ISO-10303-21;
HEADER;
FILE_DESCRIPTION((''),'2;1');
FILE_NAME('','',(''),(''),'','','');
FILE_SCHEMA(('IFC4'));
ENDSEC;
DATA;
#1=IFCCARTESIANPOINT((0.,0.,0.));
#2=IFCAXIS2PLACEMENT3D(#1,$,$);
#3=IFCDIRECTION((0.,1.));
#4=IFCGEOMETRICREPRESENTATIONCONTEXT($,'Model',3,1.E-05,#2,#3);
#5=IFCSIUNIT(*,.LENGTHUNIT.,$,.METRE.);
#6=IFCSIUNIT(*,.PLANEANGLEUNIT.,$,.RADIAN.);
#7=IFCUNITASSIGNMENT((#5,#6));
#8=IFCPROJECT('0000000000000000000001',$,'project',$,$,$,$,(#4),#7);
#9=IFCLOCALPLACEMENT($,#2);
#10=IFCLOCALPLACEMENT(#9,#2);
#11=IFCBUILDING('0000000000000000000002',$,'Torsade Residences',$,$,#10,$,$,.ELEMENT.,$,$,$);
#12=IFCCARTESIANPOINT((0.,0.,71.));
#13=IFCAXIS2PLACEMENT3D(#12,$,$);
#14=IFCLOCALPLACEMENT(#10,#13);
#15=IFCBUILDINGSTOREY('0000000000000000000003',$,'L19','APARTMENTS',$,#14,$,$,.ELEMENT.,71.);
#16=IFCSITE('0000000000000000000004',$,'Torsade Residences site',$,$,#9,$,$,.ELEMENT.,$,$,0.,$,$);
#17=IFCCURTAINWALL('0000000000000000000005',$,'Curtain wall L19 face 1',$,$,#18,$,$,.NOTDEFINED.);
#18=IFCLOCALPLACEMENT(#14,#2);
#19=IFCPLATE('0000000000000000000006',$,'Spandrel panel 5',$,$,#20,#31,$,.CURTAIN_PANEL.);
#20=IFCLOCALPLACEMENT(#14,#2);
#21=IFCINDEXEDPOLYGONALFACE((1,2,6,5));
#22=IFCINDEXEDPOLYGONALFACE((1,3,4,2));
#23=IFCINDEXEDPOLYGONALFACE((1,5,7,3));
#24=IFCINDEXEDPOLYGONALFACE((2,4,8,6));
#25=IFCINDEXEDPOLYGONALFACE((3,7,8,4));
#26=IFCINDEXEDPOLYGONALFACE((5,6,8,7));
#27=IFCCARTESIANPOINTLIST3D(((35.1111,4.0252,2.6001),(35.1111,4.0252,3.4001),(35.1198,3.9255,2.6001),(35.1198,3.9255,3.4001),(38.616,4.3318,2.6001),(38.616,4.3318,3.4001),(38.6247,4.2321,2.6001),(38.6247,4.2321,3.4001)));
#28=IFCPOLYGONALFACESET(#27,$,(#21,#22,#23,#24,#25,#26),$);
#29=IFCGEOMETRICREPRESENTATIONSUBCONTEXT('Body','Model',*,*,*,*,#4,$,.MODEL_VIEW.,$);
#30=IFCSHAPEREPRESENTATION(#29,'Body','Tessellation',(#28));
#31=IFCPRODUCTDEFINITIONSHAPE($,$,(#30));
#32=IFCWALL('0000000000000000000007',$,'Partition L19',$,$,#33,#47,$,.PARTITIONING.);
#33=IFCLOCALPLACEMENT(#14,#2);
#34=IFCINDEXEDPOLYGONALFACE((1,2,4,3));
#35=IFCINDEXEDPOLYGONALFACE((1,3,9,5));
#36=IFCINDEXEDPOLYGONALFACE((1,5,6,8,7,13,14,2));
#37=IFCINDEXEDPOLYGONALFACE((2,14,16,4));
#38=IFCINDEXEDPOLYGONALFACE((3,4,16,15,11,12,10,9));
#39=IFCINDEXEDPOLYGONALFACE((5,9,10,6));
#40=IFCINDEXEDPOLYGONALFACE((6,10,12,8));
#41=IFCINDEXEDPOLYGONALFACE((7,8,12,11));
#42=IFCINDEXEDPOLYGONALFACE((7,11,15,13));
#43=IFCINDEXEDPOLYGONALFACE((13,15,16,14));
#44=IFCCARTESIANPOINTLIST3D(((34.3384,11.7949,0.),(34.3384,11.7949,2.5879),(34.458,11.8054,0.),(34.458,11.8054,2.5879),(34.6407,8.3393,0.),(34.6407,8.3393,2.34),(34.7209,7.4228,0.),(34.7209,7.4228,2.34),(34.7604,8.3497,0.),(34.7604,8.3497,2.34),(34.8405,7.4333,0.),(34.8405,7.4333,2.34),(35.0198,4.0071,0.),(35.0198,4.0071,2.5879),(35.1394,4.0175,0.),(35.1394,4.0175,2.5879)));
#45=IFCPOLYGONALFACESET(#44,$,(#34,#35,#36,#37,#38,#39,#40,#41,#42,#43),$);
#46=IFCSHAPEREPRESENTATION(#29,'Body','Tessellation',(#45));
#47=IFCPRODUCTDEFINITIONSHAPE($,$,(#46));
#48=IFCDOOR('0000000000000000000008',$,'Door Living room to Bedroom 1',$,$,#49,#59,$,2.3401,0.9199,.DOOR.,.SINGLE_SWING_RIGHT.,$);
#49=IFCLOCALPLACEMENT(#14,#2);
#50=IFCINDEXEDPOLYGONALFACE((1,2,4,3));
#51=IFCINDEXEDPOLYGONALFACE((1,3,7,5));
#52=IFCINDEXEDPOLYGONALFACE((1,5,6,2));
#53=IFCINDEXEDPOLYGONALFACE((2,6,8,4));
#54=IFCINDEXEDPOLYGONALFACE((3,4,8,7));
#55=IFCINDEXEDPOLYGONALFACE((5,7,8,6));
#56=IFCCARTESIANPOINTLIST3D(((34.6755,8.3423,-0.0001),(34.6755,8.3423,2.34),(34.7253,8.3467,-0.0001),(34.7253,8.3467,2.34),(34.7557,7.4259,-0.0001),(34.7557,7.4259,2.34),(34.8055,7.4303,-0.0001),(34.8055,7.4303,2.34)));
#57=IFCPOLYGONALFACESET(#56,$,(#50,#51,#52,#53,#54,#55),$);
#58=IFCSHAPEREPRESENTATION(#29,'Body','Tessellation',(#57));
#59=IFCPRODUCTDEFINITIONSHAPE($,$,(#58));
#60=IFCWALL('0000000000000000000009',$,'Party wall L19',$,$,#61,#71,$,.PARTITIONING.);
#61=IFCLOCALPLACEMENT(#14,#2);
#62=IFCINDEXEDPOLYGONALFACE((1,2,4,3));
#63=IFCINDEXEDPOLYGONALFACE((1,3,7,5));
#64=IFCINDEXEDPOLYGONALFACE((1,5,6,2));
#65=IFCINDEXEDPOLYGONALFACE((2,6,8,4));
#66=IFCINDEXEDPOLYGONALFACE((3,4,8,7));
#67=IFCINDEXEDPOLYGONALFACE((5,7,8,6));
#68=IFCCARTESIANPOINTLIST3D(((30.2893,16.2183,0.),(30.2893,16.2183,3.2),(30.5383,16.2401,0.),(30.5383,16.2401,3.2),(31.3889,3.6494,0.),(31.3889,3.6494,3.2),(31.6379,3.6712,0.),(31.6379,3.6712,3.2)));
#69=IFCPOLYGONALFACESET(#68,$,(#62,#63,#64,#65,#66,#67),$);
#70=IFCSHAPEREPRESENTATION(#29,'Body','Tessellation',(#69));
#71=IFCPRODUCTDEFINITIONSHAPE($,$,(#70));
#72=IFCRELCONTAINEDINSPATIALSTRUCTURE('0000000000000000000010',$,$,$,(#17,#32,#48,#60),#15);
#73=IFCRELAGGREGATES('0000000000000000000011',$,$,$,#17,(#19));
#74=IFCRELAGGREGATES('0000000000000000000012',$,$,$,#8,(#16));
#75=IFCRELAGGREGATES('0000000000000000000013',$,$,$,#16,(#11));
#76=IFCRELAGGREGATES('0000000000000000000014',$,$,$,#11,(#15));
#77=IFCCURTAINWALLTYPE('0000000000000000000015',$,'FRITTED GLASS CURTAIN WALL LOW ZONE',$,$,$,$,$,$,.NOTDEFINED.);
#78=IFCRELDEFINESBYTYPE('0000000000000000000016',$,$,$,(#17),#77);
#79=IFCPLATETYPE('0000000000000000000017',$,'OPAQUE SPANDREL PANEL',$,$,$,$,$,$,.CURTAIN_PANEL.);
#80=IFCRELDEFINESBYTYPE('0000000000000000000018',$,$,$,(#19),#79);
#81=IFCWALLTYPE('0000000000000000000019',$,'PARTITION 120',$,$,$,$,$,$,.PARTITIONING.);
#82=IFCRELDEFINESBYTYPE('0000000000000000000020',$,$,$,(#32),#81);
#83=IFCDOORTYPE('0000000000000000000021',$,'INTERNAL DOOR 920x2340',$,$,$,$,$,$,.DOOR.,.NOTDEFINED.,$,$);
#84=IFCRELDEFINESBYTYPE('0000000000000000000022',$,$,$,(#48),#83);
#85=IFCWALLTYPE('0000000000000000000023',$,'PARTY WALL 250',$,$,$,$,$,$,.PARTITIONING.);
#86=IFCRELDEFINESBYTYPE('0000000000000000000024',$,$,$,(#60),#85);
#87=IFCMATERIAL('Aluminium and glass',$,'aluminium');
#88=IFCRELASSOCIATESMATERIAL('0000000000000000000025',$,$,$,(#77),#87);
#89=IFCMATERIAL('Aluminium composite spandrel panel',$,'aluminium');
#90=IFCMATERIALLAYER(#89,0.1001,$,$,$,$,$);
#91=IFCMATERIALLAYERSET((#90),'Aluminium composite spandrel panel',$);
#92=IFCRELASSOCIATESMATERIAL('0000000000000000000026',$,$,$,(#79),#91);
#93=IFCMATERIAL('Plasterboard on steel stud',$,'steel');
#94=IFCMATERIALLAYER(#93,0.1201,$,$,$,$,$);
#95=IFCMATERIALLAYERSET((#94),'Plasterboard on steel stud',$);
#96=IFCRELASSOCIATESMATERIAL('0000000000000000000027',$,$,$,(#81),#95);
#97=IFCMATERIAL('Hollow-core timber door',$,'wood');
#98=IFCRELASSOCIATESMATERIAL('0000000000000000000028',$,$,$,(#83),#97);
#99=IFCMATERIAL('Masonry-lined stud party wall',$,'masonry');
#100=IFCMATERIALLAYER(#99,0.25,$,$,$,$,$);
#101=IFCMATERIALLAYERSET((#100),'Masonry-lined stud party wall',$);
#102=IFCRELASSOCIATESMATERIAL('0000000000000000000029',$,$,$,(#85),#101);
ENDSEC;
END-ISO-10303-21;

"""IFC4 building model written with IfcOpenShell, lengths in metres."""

from ifc_helpers import new_model, si_unit, direction, frame, frame_2d, origin, origin_2d, place, context, subcontext, project, spatial, rectangle, extrude, material, layer, layer_set, type_object, element, fill, aggregate, save


model = new_model("IFC4")

# Units and contexts
model_context = context("Model", 3, precision=1e-05, world=origin(), true_north=direction((0.0, 1.0)))
body_context = subcontext(model_context, "Body", "Model", "MODEL_VIEW")
ifc_project = project(units=[si_unit("LENGTHUNIT", "METRE"), si_unit("PLANEANGLEUNIT", "RADIAN")], contexts=[model_context])

# Site, building, storey
site_placement = place(None, origin())
site = spatial("IfcSite", under=ifc_project, at=site_placement, Name="Torsade Residences site", CompositionType="ELEMENT", RefElevation=0.0)
building_placement = place(site_placement, origin())
building = spatial("IfcBuilding", under=site, at=building_placement, Name="Torsade Residences", CompositionType="ELEMENT")
storey_placement = place(building_placement, frame((0.0, 0.0, 71.0)))
storey = spatial("IfcBuildingStorey", under=building, at=storey_placement, Name="L19", Description="APARTMENTS", CompositionType="ELEMENT", Elevation=71.0)

# Curtain wall
ifc_material_1 = material(Name="Aluminium and glass", Category="aluminium")
curtain_wall_type = type_object("IfcCurtainWallType", Name="FRITTED GLASS CURTAIN WALL LOW ZONE", PredefinedType="NOTDEFINED", material=ifc_material_1)
curtain_wall_placement = place(storey_placement, origin())
curtain_wall = element("IfcCurtainWall", 1, at=curtain_wall_placement, inside=storey, type_object=curtain_wall_type, Name="Curtain wall L19 face 1", PredefinedType="NOTDEFINED")

# Plate
ifc_material_2 = material(Name="Aluminium composite spandrel panel", Category="aluminium")
ifc_layer_1 = layer(ifc_material_2, 0.1001)
ifc_layer_set_1 = layer_set([ifc_layer_1], Name="Aluminium composite spandrel panel")
plate_type_1 = type_object("IfcPlateType", Name="OPAQUE SPANDREL PANEL", PredefinedType="CURTAIN_PANEL", material=ifc_layer_set_1)
plate_1_placement = place(storey_placement, frame((36.8679, 4.1287, 2.6001), z_axis=(0.0, 0.0, 1.0), x_axis=(0.996195, 0.087156, 0.0)))
plate_1 = element("IfcPlate", 2, at=plate_1_placement, type_object=plate_type_1, Name="Spandrel panel 5", PredefinedType="CURTAIN_PANEL", context=body_context, shape_type="SweptSolid", body=[
    extrude(rectangle(XDim=3.5183, YDim=0.1001, at=origin_2d()), origin(), (0.0, 0.0, 1.0), 0.8),
])
aggregate(curtain_wall, [plate_1])

# Wall, opening, door
ifc_material_3 = material(Name="Plasterboard on steel stud", Category="steel")
ifc_layer_2 = layer(ifc_material_3, 0.1201)
ifc_layer_set_2 = layer_set([ifc_layer_2], Name="Plasterboard on steel stud")
wall_type_1 = type_object("IfcWallType", Name="PARTITION 120", PredefinedType="PARTITIONING", material=ifc_layer_set_2)
wall_1_placement = place(storey_placement, frame((34.3982, 11.8, 0.0), z_axis=(0.0, 0.0, 1.0), x_axis=(0.087162, -0.996194, 0.0)))
wall_1 = element("IfcWall", 3, at=wall_1_placement, inside=storey, type_object=wall_type_1, Name="Partition L19", PredefinedType="PARTITIONING", context=body_context, shape_type="SweptSolid", body=[
    extrude(rectangle(XDim=7.8176, YDim=0.1201, at=frame_2d((3.9087, 0.0))), origin(), (0.0, 0.0, 1.0), 2.5879),
])
opening_placement = place(wall_1_placement, frame((3.4688, 0.0, 0.0)))
opening = element("IfcOpeningElement", 4, at=opening_placement, cuts=wall_1, PredefinedType="OPENING", context=body_context, shape_type="SweptSolid", body=[
    extrude(rectangle(XDim=0.9199, YDim=2.3401, at=frame_2d((0.46, 1.1699))), frame((0.0, 0.0701, 0.0), z_axis=(0.0, -1.0, 0.0), x_axis=(1.0, 0.0, 0.0)), (0.0, 0.0, 1.0), 0.1401),
])
ifc_material_4 = material(Name="Hollow-core timber door", Category="wood")
door_type = type_object("IfcDoorType", Name="INTERNAL DOOR 920x2340", OperationType="NOTDEFINED", PredefinedType="DOOR", material=ifc_material_4)
door_placement = place(opening_placement, origin())
door = element("IfcDoor", 5, at=door_placement, inside=storey, type_object=door_type, Name="Door Living room to Bedroom 1", OperationType="SINGLE_SWING_RIGHT", OverallHeight=2.3401, OverallWidth=0.9199, PredefinedType="DOOR", context=body_context, shape_type="SweptSolid", body=[
    extrude(rectangle(XDim=0.9199, YDim=2.3401, at=frame_2d((0.46, 1.1699))), frame((0.0, 0.0249, 0.0), z_axis=(0.0, -1.0, 0.0), x_axis=(1.0, 0.0, 0.0)), (0.0, 0.0, 1.0), 0.05),
])
fill(opening, door)

# Wall
ifc_material_5 = material(Name="Masonry-lined stud party wall", Category="masonry")
ifc_layer_3 = layer(ifc_material_5, 0.25)
ifc_layer_set_3 = layer_set([ifc_layer_3], Name="Masonry-lined stud party wall")
wall_type_2 = type_object("IfcWallType", Name="PARTY WALL 250", PredefinedType="PARTITIONING", material=ifc_layer_set_3)
wall_2_placement = place(storey_placement, frame((31.5134, 3.6602, 0.0), z_axis=(0.0, 0.0, 1.0), x_axis=(-0.087154, 0.996195, 0.0)))
element("IfcWall", 6, at=wall_2_placement, inside=storey, type_object=wall_type_2, Name="Party wall L19", PredefinedType="PARTITIONING", context=body_context, shape_type="SweptSolid", body=[
    extrude(rectangle(XDim=12.6169, YDim=0.25, at=frame_2d((6.3086, 0.0))), origin(), (0.0, 0.0, 1.0), 3.2),
])

save(model, "model.ifc")
